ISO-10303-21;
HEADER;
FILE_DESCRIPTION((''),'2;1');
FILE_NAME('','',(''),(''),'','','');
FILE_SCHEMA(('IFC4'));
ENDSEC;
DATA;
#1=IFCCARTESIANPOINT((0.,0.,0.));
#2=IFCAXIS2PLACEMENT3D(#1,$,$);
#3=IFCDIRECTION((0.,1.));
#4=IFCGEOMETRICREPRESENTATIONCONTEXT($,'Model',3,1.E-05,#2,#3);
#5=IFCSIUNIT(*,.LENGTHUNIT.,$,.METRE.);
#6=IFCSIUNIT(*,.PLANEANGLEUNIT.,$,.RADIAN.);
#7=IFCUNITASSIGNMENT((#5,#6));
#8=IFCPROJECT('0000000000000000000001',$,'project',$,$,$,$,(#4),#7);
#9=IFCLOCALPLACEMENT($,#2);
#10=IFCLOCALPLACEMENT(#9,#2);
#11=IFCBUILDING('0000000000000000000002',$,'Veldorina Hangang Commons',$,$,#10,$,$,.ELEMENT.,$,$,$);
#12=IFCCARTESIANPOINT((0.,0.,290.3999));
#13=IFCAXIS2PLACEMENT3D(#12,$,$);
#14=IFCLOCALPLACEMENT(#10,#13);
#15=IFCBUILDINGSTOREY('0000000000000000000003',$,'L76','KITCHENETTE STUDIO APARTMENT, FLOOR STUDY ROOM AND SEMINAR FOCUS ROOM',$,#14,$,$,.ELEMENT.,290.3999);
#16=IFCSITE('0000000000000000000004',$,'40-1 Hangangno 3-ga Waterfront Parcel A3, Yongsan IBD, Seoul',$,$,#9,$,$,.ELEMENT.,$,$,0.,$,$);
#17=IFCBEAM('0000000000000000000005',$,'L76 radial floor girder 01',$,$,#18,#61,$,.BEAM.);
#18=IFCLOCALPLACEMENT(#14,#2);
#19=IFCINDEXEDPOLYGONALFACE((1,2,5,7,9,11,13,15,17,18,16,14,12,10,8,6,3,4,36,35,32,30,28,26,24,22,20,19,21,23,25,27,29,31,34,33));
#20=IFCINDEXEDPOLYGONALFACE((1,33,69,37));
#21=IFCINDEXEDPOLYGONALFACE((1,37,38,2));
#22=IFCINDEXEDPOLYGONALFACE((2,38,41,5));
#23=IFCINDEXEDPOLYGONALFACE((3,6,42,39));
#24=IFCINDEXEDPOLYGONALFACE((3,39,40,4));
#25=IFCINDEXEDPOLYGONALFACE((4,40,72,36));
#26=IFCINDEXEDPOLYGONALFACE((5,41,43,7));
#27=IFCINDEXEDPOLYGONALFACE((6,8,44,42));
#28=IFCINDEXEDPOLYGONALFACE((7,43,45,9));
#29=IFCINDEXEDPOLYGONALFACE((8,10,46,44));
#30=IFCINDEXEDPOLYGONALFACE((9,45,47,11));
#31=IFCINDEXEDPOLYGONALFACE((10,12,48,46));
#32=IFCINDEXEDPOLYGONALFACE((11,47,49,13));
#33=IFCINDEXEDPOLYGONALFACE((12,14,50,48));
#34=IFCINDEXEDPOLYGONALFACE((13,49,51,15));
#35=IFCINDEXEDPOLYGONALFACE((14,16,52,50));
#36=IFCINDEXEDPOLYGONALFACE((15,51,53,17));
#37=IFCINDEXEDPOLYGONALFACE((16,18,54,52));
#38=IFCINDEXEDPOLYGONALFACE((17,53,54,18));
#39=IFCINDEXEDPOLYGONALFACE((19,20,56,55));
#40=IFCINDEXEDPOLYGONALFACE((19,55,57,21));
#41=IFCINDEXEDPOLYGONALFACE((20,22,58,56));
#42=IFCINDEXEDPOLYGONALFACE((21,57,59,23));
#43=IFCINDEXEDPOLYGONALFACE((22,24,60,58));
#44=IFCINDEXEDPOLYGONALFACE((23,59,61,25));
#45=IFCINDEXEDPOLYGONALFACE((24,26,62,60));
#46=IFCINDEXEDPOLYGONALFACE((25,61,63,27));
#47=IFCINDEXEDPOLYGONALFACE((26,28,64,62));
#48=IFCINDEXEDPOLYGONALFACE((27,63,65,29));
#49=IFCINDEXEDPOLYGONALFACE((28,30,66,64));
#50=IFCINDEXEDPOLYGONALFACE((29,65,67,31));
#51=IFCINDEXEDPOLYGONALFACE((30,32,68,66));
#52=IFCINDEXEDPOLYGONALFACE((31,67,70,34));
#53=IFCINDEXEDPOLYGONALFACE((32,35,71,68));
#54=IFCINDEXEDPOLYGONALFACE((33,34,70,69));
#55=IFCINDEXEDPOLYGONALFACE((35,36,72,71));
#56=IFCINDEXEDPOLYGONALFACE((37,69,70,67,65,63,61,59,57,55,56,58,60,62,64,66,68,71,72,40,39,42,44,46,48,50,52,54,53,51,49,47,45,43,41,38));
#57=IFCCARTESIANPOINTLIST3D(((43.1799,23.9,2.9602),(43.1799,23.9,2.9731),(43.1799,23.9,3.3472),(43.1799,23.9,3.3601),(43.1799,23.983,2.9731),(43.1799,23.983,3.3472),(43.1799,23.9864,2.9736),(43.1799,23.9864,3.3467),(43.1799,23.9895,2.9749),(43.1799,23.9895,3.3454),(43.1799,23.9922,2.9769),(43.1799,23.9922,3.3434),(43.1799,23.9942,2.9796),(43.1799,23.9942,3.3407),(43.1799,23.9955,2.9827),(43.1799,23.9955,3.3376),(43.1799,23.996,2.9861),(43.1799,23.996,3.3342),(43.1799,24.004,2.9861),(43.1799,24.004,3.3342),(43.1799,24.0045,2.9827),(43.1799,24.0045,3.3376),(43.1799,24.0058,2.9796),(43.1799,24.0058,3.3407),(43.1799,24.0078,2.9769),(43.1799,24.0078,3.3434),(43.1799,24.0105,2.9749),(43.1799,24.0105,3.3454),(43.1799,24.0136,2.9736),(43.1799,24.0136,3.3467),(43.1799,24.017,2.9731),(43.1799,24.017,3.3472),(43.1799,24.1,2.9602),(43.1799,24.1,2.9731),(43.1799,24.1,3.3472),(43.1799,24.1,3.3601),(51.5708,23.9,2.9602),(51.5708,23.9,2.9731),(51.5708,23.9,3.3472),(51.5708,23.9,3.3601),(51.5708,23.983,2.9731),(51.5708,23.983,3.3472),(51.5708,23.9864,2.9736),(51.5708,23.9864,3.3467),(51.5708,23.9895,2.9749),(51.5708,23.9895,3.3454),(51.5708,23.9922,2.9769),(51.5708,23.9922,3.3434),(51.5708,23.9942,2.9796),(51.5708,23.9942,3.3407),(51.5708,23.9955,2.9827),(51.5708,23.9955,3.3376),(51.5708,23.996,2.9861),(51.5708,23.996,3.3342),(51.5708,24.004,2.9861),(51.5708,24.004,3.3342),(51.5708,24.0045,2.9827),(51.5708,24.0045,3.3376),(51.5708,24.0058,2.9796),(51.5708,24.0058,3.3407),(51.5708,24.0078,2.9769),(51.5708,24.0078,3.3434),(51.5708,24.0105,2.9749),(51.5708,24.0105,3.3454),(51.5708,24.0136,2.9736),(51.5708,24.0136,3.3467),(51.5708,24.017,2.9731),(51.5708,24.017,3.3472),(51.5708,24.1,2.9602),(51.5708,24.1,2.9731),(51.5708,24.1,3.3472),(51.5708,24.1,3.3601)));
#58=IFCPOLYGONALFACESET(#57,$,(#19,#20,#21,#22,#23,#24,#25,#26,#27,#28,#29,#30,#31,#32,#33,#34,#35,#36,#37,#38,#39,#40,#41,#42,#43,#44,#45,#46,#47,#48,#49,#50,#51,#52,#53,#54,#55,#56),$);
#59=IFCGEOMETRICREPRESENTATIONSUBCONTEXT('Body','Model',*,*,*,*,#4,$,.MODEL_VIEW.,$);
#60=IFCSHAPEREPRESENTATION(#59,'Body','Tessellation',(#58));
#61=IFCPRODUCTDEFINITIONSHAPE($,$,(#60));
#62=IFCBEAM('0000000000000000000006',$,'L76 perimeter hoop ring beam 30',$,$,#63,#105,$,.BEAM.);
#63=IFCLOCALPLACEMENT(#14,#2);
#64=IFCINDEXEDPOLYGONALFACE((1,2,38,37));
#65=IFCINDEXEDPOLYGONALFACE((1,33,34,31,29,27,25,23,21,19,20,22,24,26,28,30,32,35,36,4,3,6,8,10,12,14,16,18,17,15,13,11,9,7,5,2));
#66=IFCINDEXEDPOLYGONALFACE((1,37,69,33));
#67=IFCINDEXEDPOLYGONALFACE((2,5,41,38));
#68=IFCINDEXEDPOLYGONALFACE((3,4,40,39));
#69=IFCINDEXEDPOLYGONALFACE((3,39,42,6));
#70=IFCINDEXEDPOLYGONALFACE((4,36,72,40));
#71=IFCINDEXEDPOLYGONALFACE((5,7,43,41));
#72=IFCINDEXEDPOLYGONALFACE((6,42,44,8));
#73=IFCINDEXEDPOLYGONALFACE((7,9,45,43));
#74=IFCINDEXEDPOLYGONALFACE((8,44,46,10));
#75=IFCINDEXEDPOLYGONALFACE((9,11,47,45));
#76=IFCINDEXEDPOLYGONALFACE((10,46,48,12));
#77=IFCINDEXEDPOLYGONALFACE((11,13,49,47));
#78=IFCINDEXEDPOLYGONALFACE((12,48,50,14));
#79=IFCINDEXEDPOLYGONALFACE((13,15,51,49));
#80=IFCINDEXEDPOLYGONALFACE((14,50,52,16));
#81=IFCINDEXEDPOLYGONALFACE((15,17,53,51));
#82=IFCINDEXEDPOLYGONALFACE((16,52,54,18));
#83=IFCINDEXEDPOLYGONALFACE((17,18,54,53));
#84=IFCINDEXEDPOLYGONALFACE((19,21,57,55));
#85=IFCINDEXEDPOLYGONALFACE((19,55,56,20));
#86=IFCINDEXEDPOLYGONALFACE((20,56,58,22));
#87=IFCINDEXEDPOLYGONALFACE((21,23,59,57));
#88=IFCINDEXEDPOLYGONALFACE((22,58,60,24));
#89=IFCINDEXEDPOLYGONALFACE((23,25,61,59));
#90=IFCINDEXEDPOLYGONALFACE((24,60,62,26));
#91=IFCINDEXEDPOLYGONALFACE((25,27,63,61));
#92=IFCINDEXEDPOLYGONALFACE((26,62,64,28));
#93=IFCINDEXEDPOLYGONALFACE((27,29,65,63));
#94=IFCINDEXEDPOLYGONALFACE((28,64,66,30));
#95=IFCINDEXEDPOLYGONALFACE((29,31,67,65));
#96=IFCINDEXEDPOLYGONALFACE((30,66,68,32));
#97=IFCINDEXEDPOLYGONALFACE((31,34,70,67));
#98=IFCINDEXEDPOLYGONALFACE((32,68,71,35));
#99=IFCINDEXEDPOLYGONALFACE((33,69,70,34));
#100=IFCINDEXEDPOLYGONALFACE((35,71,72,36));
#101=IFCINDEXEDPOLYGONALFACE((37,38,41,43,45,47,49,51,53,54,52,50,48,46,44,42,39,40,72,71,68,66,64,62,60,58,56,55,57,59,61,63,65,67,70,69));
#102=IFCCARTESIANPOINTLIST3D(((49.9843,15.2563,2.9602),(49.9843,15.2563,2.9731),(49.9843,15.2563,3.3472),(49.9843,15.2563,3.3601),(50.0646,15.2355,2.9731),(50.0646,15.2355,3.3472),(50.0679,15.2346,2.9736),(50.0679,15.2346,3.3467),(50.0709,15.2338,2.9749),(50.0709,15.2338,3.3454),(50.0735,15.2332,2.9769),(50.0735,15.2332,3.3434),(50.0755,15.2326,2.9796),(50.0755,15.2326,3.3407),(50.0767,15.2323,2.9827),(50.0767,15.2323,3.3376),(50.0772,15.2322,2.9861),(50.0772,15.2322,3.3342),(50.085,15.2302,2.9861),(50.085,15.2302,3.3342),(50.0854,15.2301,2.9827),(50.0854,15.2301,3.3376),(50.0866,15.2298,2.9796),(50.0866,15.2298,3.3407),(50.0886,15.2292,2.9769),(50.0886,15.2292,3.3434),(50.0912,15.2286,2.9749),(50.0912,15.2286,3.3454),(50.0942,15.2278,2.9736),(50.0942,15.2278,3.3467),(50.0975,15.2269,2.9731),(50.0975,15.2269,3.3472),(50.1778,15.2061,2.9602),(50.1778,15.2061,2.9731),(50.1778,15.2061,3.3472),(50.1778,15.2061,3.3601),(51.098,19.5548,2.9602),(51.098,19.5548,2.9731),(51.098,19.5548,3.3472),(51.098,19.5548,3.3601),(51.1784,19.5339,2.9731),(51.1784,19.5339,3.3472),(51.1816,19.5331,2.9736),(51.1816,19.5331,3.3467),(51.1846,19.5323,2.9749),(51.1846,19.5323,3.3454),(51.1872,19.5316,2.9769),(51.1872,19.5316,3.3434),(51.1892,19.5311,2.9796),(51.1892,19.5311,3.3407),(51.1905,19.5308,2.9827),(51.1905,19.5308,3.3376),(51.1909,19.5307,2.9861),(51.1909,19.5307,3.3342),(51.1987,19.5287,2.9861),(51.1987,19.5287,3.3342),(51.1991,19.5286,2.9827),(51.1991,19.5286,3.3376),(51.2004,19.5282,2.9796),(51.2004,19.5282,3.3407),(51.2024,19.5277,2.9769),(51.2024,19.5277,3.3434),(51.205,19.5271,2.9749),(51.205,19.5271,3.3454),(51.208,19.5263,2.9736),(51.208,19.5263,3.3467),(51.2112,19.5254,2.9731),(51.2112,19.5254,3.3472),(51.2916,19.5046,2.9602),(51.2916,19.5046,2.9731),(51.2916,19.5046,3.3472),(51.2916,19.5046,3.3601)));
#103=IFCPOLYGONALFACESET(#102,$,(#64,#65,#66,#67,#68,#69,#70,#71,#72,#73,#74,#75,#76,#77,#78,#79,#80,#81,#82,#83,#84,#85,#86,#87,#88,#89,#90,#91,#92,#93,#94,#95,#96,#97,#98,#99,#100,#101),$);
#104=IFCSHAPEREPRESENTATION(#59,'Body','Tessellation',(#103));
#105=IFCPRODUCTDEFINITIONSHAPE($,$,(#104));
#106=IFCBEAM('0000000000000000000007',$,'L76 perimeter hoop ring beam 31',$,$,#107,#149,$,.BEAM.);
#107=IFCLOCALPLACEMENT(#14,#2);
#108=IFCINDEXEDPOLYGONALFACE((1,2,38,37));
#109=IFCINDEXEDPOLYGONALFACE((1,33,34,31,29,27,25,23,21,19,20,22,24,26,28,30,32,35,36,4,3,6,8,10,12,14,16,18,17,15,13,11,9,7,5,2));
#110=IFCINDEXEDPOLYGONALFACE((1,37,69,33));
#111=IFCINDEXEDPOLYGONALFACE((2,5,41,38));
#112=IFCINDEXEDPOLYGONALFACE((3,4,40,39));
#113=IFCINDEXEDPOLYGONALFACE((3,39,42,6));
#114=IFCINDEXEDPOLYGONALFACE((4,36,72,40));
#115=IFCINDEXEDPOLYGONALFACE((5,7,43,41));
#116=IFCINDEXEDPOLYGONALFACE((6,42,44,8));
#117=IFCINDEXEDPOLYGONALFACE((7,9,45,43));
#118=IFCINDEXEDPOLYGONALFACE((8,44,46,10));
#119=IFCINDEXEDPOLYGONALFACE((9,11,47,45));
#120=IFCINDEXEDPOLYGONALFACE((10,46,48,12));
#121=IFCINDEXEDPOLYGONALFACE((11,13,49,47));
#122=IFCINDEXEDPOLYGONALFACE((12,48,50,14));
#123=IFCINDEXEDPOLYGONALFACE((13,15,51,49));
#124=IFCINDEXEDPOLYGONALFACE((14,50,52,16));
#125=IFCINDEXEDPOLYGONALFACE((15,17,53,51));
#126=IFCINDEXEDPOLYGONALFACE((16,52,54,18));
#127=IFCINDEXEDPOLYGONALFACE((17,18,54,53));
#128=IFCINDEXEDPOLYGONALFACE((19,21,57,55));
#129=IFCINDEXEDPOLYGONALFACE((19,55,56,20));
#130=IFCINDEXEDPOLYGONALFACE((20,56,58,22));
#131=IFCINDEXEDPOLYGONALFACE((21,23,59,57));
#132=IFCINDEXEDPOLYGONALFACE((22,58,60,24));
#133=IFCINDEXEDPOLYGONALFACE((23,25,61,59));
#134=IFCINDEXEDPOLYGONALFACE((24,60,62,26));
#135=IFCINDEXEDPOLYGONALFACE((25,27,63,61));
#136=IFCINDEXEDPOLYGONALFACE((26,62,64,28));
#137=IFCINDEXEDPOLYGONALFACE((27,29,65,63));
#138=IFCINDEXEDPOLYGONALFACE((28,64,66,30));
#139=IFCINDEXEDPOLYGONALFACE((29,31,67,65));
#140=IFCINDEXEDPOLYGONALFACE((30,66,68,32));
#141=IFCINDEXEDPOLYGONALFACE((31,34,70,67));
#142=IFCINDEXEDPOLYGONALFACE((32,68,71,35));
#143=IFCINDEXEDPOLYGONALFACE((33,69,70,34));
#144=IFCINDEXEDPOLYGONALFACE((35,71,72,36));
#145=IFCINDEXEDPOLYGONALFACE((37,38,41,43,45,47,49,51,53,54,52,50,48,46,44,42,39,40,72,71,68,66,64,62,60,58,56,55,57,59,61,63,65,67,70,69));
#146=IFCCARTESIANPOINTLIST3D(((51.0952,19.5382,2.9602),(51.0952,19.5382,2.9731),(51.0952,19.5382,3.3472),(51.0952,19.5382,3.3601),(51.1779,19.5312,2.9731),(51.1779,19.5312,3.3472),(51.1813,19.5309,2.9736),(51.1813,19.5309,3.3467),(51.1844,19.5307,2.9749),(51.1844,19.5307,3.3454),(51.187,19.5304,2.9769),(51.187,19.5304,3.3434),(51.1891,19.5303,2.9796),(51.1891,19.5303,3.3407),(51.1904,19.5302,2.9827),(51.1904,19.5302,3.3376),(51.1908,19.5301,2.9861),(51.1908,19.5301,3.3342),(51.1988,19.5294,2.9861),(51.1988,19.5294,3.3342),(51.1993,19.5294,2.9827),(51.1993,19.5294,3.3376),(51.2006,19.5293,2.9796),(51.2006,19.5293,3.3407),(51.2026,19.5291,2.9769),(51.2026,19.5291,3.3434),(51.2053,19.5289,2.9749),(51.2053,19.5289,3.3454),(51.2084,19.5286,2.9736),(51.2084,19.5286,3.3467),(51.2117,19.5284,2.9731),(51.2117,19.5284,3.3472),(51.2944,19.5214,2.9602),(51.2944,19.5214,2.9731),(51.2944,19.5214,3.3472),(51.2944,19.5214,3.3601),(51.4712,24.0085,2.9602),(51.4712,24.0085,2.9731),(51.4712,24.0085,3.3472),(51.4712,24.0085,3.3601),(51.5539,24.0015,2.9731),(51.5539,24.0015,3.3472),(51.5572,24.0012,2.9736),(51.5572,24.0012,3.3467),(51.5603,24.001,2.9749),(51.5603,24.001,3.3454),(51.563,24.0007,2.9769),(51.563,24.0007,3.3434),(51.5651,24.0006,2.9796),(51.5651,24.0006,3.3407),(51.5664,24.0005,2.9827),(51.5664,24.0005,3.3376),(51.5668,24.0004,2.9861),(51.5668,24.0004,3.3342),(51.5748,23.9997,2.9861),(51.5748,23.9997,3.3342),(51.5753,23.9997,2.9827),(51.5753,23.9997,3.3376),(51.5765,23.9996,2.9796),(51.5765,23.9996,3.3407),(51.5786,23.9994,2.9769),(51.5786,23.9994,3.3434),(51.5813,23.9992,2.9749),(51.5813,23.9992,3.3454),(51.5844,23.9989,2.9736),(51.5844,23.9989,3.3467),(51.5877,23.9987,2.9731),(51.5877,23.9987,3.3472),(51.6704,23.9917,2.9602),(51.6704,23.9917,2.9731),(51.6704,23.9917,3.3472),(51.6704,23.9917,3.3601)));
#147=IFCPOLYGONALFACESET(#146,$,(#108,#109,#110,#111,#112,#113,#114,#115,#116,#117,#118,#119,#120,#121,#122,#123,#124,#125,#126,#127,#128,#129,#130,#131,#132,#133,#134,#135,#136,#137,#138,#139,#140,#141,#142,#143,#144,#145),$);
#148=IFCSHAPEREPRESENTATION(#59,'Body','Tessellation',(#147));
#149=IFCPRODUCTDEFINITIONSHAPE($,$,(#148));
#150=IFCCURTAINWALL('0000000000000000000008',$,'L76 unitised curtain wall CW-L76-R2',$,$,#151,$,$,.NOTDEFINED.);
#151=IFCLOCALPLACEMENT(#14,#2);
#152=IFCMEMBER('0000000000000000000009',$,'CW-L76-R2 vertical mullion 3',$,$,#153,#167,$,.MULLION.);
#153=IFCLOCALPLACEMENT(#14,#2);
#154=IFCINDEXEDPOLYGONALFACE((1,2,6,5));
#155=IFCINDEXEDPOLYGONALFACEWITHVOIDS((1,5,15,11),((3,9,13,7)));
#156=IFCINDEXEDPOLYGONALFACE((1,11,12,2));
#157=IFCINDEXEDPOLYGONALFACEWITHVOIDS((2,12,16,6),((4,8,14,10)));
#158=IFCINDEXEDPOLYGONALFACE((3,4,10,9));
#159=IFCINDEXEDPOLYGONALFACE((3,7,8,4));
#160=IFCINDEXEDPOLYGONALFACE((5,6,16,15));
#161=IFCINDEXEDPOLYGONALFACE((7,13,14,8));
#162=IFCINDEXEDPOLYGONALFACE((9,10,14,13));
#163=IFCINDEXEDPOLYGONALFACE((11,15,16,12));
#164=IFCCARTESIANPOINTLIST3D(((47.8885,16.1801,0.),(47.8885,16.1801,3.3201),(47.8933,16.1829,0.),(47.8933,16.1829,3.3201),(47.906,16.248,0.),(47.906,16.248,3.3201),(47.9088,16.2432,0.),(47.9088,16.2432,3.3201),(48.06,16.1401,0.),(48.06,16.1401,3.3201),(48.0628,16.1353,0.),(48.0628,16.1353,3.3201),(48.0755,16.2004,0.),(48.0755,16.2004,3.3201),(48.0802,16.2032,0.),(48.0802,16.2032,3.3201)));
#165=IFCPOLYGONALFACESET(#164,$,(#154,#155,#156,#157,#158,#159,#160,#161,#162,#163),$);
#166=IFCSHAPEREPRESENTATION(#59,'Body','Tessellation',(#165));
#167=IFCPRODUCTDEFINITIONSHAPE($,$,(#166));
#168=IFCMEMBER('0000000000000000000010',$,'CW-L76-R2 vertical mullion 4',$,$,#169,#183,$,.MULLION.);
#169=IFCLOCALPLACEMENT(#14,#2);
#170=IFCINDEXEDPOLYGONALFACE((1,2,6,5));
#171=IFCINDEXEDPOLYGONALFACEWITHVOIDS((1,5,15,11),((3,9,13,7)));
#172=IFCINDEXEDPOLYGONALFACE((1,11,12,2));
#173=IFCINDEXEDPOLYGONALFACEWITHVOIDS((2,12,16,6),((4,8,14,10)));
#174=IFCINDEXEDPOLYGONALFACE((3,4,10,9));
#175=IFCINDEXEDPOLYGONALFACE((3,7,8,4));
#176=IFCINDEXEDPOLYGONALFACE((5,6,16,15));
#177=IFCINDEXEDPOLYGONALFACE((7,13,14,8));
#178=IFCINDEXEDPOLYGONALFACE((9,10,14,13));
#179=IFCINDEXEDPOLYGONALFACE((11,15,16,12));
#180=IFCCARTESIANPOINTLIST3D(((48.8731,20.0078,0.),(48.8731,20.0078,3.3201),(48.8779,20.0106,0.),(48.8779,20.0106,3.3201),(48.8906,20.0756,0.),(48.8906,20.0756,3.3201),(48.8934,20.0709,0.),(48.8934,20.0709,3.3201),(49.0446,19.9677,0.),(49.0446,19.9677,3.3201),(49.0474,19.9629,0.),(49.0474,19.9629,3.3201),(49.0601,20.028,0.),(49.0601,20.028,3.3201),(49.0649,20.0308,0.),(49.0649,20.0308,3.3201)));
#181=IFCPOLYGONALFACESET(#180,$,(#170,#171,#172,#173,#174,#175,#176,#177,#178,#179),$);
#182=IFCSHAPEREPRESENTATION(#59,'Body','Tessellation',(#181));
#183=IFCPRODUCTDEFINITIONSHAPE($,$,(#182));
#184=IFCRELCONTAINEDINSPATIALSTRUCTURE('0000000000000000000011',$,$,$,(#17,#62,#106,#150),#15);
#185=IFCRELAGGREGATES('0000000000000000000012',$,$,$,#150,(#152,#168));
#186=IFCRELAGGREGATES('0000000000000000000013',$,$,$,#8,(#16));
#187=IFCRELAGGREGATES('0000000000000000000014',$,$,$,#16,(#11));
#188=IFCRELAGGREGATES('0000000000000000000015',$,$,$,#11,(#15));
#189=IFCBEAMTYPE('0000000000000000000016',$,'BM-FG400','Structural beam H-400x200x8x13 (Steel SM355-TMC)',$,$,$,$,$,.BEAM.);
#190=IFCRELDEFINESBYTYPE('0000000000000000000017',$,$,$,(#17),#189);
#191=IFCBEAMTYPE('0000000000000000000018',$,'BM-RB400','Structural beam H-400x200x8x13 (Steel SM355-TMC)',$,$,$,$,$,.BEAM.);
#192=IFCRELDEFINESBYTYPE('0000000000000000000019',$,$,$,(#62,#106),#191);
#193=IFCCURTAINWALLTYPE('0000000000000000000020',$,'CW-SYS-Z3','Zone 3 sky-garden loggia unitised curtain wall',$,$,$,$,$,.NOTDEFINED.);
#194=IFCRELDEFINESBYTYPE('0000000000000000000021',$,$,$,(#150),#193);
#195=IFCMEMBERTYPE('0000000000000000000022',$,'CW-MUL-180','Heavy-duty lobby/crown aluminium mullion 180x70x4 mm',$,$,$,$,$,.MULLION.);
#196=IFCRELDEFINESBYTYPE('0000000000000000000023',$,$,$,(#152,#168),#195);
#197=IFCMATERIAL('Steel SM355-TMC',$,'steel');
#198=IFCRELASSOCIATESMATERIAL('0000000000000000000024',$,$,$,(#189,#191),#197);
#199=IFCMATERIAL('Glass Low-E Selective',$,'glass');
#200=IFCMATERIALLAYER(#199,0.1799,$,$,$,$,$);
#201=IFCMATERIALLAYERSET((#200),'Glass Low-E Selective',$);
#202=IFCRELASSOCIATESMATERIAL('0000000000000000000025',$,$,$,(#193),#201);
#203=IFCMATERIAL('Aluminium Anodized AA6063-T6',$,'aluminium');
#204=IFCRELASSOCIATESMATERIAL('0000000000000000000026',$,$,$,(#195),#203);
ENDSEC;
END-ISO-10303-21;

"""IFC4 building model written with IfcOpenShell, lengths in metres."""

from ifc_helpers import new_model, si_unit, direction, frame, origin, origin_2d, place, context, subcontext, project, spatial, hollow_rectangle, i_section, extrude, material, layer, layer_set, material_profile, profile_set, type_object, element, aggregate, save


model = new_model("IFC4")

# Units and contexts
model_context = context("Model", 3, precision=1e-05, world=origin(), true_north=direction((0.0, 1.0)))
body_context = subcontext(model_context, "Body", "Model", "MODEL_VIEW")
ifc_project = project(units=[si_unit("LENGTHUNIT", "METRE"), si_unit("PLANEANGLEUNIT", "RADIAN")], contexts=[model_context])

# Site, building, storey
site_placement = place(None, origin())
site = spatial("IfcSite", under=ifc_project, at=site_placement, Name="40-1 Hangangno 3-ga Waterfront Parcel A3, Yongsan IBD, Seoul", CompositionType="ELEMENT", RefElevation=0.0)
building_placement = place(site_placement, origin())
building = spatial("IfcBuilding", under=site, at=building_placement, Name="Veldorina Hangang Commons", CompositionType="ELEMENT")
storey_placement = place(building_placement, frame((0.0, 0.0, 290.3999)))
storey = spatial("IfcBuildingStorey", under=building, at=storey_placement, Name="L76", Description="KITCHENETTE STUDIO APARTMENT, FLOOR STUDY ROOM AND SEMINAR FOCUS ROOM", CompositionType="ELEMENT", Elevation=290.3999)

# Beams
ifc_material_1 = material(Name="Steel SM355-TMC", Category="steel")
ifc_material_profile_1 = material_profile(ifc_material_1, i_section(OverallWidth=0.2, OverallDepth=0.3999, WebThickness=0.0081, FlangeThickness=0.0129, FilletRadius=0.0129, at=origin_2d()), Name="H-400x200x8x13")
ifc_profile_set_1 = profile_set([ifc_material_profile_1], Name="Steel SM355-TMC")
beam_type_1 = type_object("IfcBeamType", Name="BM-FG400", Description="Structural beam H-400x200x8x13 (Steel SM355-TMC)", PredefinedType="BEAM", material=ifc_profile_set_1)
beam_1_placement = place(storey_placement, frame((43.1799, 24.0, 3.1602), z_axis=(1.0, 0.0, 0.0), x_axis=(0.0, 1.0, 0.0)))
element("IfcBeam", 1, at=beam_1_placement, inside=storey, type_object=beam_type_1, Name="L76 radial floor girder 01", PredefinedType="BEAM", context=body_context, shape_type="SweptSolid", body=[
    extrude(i_section(OverallWidth=0.2, OverallDepth=0.3999, WebThickness=0.0081, FlangeThickness=0.0129, FilletRadius=0.0129, at=origin_2d()), origin(), (0.0, 0.0, 1.0), 8.3909),
])
ifc_material_profile_2 = material_profile(ifc_material_1, i_section(OverallWidth=0.2, OverallDepth=0.3999, WebThickness=0.0081, FlangeThickness=0.0129, FilletRadius=0.0129, at=origin_2d()), Name="H-400x200x8x13")
ifc_profile_set_2 = profile_set([ifc_material_profile_2], Name="Steel SM355-TMC")
beam_type_2 = type_object("IfcBeamType", Name="BM-RB400", Description="Structural beam H-400x200x8x13 (Steel SM355-TMC)", PredefinedType="BEAM", material=ifc_profile_set_2)
beam_2_placement = place(storey_placement, frame((50.0811, 15.2312, 3.1602), z_axis=(0.250819, 0.968034, 0.0), x_axis=(-0.968034, 0.250819, 0.0)))
element("IfcBeam", 2, at=beam_2_placement, inside=storey, type_object=beam_type_2, Name="L76 perimeter hoop ring beam 30", PredefinedType="BEAM", context=body_context, shape_type="SweptSolid", body=[
    extrude(i_section(OverallWidth=0.2, OverallDepth=0.3999, WebThickness=0.0081, FlangeThickness=0.0129, FilletRadius=0.0129, at=origin_2d()), origin(), (0.0, 0.0, 1.0), 4.4404),
])
beam_3_placement = place(storey_placement, frame((51.1948, 19.5298, 3.1602), z_axis=(0.083811, 0.996482, 0.0), x_axis=(-0.996482, 0.083811, 0.0)))
element("IfcBeam", 3, at=beam_3_placement, inside=storey, type_object=beam_type_2, Name="L76 perimeter hoop ring beam 31", PredefinedType="BEAM", context=body_context, shape_type="SweptSolid", body=[
    extrude(i_section(OverallWidth=0.2, OverallDepth=0.3999, WebThickness=0.0081, FlangeThickness=0.0129, FilletRadius=0.0129, at=origin_2d()), origin(), (0.0, 0.0, 1.0), 4.4861),
])

# Curtain wall, members
ifc_material_2 = material(Name="Glass Low-E Selective", Category="glass")
ifc_layer_1 = layer(ifc_material_2, 0.1799)
ifc_layer_set_1 = layer_set([ifc_layer_1], Name="Glass Low-E Selective")
curtain_wall_type = type_object("IfcCurtainWallType", Name="CW-SYS-Z3", Description="Zone 3 sky-garden loggia unitised curtain wall", PredefinedType="NOTDEFINED", material=ifc_layer_set_1)
curtain_wall_placement = place(storey_placement, origin())
curtain_wall = element("IfcCurtainWall", 4, at=curtain_wall_placement, inside=storey, type_object=curtain_wall_type, Name="L76 unitised curtain wall CW-L76-R2", PredefinedType="NOTDEFINED")
ifc_material_3 = material(Name="Aluminium Anodized AA6063-T6", Category="aluminium")
ifc_material_profile_3 = material_profile(ifc_material_3, hollow_rectangle(XDim=0.0701, YDim=0.1799, WallThickness=0.0039, at=origin_2d()), Name="ALU-RHS-180x70x4")
ifc_profile_set_3 = profile_set([ifc_material_profile_3], Name="Aluminium Anodized AA6063-T6")
member_type_1 = type_object("IfcMemberType", Name="CW-MUL-180", Description="Heavy-duty lobby/crown aluminium mullion 180x70x4 mm", PredefinedType="MULLION", material=ifc_profile_set_3)
member_1_placement = place(storey_placement, frame((47.9844, 16.1917, 0.0), z_axis=(0.0, 0.0, 1.0), x_axis=(0.249129, 0.96847, 0.0)))
member_1 = element("IfcMember", 5, at=member_1_placement, type_object=member_type_1, Name="CW-L76-R2 vertical mullion 3", PredefinedType="MULLION", context=body_context, shape_type="SweptSolid", body=[
    extrude(hollow_rectangle(XDim=0.0701, YDim=0.1799, WallThickness=0.0039, at=origin_2d()), origin(), (0.0, 0.0, 1.0), 3.3201),
])
member_2_placement = place(storey_placement, frame((48.969, 20.0193, 0.0), z_axis=(0.0, 0.0, 1.0), x_axis=(-0.249129, -0.96847, 0.0)))
member_2 = element("IfcMember", 6, at=member_2_placement, type_object=member_type_1, Name="CW-L76-R2 vertical mullion 4", PredefinedType="MULLION", context=body_context, shape_type="SweptSolid", body=[
    extrude(hollow_rectangle(XDim=0.0701, YDim=0.1799, WallThickness=0.0039, at=origin_2d()), origin(), (0.0, 0.0, 1.0), 3.3201),
])

aggregate(curtain_wall, [member_1, member_2])

save(model, "model.ifc")
